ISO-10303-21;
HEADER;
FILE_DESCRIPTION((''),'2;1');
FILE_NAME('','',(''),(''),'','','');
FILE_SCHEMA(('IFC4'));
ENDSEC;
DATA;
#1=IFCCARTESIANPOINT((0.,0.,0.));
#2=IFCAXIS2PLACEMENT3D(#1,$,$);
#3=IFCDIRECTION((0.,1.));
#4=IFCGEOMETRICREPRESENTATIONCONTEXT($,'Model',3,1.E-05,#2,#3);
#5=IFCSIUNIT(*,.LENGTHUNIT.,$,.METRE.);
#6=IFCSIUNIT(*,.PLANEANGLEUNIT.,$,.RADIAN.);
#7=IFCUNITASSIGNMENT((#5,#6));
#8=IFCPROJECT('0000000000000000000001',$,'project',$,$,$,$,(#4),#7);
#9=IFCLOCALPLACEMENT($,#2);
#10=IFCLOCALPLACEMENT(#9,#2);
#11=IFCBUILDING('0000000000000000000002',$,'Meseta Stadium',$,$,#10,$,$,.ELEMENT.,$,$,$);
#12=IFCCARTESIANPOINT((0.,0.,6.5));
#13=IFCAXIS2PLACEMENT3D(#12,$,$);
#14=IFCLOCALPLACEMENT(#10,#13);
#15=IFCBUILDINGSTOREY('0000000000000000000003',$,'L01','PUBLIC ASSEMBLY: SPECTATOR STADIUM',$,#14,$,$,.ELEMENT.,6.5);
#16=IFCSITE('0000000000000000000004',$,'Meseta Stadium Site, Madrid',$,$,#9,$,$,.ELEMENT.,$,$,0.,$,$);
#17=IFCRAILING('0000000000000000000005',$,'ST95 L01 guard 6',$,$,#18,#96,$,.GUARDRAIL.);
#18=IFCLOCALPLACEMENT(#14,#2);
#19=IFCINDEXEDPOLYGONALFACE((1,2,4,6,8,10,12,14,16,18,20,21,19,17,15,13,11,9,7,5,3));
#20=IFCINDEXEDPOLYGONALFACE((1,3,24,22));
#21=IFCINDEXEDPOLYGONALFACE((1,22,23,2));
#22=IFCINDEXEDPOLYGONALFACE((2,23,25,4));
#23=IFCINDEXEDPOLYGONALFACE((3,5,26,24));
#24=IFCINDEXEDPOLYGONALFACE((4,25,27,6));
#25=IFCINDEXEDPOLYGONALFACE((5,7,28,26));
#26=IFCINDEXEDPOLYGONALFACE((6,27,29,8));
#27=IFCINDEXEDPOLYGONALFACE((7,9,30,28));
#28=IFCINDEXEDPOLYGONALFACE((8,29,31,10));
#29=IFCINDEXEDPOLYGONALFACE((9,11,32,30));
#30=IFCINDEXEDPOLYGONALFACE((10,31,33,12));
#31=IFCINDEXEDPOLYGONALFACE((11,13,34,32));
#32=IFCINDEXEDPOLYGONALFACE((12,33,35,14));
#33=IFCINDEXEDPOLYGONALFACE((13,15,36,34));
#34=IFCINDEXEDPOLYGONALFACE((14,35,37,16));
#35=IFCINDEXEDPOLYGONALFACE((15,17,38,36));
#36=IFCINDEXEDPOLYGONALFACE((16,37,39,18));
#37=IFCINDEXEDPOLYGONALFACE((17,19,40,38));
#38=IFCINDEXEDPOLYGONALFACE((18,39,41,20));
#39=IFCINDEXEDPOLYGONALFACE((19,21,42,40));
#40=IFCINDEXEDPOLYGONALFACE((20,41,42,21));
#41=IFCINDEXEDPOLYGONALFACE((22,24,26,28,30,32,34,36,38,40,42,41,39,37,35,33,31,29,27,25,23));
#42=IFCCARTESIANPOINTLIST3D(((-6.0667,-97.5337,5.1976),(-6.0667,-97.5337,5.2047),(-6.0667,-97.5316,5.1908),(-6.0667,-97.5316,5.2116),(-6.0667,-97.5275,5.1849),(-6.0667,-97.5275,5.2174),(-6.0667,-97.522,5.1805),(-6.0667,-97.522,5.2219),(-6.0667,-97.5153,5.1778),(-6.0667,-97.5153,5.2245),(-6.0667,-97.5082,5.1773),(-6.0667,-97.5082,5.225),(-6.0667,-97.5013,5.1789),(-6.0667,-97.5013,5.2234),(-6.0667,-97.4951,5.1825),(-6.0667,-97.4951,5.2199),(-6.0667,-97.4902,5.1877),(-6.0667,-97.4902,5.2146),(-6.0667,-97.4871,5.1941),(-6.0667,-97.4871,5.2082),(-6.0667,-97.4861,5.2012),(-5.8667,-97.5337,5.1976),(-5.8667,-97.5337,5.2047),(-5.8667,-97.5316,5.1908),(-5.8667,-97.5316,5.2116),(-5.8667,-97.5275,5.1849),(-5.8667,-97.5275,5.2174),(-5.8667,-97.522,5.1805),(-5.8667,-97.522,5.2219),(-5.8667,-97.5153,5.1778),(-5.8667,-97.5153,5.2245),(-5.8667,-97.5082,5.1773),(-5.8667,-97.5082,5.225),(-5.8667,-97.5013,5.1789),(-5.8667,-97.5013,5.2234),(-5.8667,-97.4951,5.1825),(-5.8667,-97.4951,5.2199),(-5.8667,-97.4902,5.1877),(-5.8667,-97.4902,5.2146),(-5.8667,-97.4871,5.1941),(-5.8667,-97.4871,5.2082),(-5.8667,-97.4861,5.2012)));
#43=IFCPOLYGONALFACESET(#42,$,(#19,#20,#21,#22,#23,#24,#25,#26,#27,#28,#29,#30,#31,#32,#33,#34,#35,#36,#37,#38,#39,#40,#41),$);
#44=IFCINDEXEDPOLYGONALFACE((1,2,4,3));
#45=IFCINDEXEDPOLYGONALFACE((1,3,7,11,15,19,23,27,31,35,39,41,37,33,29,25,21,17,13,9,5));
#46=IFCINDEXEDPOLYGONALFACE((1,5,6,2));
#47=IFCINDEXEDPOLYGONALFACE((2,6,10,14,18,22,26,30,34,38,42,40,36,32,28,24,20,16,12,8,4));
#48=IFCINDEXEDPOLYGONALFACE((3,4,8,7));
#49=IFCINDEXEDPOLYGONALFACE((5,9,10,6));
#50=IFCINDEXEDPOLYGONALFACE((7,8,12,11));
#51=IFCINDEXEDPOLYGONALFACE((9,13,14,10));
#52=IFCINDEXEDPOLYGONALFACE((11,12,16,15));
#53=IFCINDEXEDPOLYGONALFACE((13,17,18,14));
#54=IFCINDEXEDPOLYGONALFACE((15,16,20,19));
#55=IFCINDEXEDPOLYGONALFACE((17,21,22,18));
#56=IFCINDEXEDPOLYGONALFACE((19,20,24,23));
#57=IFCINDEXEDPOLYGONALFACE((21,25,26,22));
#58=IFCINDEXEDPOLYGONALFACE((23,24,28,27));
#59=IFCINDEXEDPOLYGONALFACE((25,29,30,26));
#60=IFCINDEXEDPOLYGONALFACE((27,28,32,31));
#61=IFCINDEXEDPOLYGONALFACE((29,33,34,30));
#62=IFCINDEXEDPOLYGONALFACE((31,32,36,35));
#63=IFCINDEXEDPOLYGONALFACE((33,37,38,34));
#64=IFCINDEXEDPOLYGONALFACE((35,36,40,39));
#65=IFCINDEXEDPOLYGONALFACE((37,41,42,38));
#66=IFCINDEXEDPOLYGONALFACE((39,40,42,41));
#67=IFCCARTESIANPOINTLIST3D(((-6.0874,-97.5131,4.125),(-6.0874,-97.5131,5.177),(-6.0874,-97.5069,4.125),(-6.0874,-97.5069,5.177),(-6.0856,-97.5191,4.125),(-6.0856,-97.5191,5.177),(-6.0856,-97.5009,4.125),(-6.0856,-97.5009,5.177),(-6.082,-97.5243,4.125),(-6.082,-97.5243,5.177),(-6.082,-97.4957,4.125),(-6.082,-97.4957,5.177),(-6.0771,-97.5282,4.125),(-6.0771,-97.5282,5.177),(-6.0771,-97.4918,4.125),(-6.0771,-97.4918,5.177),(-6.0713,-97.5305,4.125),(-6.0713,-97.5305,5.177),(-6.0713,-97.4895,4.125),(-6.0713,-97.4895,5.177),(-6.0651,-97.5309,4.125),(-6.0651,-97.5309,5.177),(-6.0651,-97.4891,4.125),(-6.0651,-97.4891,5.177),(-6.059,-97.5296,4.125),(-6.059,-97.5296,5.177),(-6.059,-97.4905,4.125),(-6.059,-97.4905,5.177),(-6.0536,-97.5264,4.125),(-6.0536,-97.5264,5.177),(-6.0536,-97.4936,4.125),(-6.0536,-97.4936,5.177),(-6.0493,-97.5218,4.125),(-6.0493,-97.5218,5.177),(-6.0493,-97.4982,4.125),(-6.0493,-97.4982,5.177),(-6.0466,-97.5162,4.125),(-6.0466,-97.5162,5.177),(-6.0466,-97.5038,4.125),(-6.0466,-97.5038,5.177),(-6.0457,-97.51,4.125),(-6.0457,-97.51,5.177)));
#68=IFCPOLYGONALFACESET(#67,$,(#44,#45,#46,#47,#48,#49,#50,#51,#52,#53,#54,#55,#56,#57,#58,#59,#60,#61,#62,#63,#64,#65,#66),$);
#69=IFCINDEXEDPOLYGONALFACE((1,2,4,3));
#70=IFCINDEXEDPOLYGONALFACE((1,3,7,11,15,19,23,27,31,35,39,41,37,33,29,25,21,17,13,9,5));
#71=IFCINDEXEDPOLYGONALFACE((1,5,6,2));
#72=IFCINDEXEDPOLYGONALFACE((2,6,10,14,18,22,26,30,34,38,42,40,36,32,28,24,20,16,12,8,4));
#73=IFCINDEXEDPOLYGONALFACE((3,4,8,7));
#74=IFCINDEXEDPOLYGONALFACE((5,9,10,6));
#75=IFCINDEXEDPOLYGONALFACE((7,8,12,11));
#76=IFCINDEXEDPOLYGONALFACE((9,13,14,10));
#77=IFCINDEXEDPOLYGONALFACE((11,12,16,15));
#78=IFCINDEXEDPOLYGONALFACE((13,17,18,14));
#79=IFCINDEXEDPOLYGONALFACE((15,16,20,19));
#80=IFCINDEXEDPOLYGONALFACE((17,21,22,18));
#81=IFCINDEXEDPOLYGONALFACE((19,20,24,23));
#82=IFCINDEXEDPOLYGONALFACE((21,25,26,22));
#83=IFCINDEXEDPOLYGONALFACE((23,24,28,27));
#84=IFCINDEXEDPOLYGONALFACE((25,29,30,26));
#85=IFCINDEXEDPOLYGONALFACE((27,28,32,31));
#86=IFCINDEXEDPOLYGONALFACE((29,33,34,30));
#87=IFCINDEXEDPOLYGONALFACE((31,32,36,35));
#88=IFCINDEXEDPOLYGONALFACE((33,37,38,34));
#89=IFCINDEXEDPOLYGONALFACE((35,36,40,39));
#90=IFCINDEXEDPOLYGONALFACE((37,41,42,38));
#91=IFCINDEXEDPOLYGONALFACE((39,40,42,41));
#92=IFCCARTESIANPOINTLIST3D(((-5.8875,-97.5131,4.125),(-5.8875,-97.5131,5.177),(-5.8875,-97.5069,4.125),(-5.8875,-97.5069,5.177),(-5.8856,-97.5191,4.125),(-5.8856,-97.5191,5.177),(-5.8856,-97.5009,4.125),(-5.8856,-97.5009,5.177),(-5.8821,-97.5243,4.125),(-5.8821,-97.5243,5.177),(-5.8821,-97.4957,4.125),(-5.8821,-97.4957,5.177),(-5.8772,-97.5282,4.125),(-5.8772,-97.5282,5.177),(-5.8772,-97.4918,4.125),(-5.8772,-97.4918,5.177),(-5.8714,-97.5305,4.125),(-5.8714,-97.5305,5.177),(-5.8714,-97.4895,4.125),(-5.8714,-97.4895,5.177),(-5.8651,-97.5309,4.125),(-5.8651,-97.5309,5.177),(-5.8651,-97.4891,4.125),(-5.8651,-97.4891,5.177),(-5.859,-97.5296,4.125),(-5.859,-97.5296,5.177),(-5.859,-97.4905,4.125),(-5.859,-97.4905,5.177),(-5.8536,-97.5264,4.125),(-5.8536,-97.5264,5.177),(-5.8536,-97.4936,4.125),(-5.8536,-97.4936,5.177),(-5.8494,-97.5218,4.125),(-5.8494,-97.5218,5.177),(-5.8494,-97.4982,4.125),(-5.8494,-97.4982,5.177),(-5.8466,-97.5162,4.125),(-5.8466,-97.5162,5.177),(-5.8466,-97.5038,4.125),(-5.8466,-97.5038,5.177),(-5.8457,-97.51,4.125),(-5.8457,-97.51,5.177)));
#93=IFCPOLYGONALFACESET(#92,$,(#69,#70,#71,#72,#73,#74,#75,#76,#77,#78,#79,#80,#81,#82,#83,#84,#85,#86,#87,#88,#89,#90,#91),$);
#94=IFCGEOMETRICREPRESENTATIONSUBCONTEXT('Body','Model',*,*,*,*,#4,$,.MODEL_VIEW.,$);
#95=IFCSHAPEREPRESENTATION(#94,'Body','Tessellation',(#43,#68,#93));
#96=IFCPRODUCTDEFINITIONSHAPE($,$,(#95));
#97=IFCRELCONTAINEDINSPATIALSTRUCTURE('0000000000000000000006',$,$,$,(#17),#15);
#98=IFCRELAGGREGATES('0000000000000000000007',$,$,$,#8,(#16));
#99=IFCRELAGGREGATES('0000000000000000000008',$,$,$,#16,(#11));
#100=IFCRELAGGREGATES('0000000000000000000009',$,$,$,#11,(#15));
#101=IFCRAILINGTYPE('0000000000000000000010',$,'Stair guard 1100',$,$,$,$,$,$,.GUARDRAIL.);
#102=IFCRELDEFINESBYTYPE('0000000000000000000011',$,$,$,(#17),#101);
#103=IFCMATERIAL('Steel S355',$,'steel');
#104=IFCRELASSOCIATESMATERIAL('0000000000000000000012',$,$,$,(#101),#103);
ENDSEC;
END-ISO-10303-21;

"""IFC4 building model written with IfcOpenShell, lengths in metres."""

from ifc_helpers import new_model, si_unit, direction, frame, origin, origin_2d, place, context, subcontext, project, spatial, circle, extrude, material, type_object, element, save


model = new_model("IFC4")

# Units and contexts
model_context = context("Model", 3, precision=1e-05, world=origin(), true_north=direction((0.0, 1.0)))
body_context = subcontext(model_context, "Body", "Model", "MODEL_VIEW")
ifc_project = project(units=[si_unit("LENGTHUNIT", "METRE"), si_unit("PLANEANGLEUNIT", "RADIAN")], contexts=[model_context])

# Site, building, storey
site_placement = place(None, origin())
site = spatial("IfcSite", under=ifc_project, at=site_placement, Name="Meseta Stadium Site, Madrid", CompositionType="ELEMENT", RefElevation=0.0)
building_placement = place(site_placement, origin())
building = spatial("IfcBuilding", under=site, at=building_placement, Name="Meseta Stadium", CompositionType="ELEMENT")
storey_placement = place(building_placement, frame((0.0, 0.0, 6.5)))
storey = spatial("IfcBuildingStorey", under=building, at=storey_placement, Name="L01", Description="PUBLIC ASSEMBLY: SPECTATOR STADIUM", CompositionType="ELEMENT", Elevation=6.5)

# Railing
ifc_material_1 = material(Name="Steel S355", Category="steel")
railing_type_1 = type_object("IfcRailingType", Name="Stair guard 1100", PredefinedType="GUARDRAIL", material=ifc_material_1)
railing_1_placement = place(storey_placement, frame((-6.0667, -97.51, 4.125)))
element("IfcRailing", 1, at=railing_1_placement, inside=storey, type_object=railing_type_1, Name="ST95 L01 guard 6", PredefinedType="GUARDRAIL", context=body_context, shape_type="SweptSolid", body=[
    extrude(circle(Radius=0.0239, at=origin_2d()), frame((0.0, 0.0, 1.0762), z_axis=(1.0, 0.0, 0.0), x_axis=(0.0, 1.0, 0.0)), (0.0, 0.0, 1.0), 0.2),
    extrude(circle(Radius=0.021, at=origin_2d()), origin(), (0.0, 0.0, 1.0), 1.052),
    extrude(circle(Radius=0.021, at=origin_2d()), frame((0.2, 0.0, 0.0)), (0.0, 0.0, 1.0), 1.052),
])

save(model, "model.ifc")
